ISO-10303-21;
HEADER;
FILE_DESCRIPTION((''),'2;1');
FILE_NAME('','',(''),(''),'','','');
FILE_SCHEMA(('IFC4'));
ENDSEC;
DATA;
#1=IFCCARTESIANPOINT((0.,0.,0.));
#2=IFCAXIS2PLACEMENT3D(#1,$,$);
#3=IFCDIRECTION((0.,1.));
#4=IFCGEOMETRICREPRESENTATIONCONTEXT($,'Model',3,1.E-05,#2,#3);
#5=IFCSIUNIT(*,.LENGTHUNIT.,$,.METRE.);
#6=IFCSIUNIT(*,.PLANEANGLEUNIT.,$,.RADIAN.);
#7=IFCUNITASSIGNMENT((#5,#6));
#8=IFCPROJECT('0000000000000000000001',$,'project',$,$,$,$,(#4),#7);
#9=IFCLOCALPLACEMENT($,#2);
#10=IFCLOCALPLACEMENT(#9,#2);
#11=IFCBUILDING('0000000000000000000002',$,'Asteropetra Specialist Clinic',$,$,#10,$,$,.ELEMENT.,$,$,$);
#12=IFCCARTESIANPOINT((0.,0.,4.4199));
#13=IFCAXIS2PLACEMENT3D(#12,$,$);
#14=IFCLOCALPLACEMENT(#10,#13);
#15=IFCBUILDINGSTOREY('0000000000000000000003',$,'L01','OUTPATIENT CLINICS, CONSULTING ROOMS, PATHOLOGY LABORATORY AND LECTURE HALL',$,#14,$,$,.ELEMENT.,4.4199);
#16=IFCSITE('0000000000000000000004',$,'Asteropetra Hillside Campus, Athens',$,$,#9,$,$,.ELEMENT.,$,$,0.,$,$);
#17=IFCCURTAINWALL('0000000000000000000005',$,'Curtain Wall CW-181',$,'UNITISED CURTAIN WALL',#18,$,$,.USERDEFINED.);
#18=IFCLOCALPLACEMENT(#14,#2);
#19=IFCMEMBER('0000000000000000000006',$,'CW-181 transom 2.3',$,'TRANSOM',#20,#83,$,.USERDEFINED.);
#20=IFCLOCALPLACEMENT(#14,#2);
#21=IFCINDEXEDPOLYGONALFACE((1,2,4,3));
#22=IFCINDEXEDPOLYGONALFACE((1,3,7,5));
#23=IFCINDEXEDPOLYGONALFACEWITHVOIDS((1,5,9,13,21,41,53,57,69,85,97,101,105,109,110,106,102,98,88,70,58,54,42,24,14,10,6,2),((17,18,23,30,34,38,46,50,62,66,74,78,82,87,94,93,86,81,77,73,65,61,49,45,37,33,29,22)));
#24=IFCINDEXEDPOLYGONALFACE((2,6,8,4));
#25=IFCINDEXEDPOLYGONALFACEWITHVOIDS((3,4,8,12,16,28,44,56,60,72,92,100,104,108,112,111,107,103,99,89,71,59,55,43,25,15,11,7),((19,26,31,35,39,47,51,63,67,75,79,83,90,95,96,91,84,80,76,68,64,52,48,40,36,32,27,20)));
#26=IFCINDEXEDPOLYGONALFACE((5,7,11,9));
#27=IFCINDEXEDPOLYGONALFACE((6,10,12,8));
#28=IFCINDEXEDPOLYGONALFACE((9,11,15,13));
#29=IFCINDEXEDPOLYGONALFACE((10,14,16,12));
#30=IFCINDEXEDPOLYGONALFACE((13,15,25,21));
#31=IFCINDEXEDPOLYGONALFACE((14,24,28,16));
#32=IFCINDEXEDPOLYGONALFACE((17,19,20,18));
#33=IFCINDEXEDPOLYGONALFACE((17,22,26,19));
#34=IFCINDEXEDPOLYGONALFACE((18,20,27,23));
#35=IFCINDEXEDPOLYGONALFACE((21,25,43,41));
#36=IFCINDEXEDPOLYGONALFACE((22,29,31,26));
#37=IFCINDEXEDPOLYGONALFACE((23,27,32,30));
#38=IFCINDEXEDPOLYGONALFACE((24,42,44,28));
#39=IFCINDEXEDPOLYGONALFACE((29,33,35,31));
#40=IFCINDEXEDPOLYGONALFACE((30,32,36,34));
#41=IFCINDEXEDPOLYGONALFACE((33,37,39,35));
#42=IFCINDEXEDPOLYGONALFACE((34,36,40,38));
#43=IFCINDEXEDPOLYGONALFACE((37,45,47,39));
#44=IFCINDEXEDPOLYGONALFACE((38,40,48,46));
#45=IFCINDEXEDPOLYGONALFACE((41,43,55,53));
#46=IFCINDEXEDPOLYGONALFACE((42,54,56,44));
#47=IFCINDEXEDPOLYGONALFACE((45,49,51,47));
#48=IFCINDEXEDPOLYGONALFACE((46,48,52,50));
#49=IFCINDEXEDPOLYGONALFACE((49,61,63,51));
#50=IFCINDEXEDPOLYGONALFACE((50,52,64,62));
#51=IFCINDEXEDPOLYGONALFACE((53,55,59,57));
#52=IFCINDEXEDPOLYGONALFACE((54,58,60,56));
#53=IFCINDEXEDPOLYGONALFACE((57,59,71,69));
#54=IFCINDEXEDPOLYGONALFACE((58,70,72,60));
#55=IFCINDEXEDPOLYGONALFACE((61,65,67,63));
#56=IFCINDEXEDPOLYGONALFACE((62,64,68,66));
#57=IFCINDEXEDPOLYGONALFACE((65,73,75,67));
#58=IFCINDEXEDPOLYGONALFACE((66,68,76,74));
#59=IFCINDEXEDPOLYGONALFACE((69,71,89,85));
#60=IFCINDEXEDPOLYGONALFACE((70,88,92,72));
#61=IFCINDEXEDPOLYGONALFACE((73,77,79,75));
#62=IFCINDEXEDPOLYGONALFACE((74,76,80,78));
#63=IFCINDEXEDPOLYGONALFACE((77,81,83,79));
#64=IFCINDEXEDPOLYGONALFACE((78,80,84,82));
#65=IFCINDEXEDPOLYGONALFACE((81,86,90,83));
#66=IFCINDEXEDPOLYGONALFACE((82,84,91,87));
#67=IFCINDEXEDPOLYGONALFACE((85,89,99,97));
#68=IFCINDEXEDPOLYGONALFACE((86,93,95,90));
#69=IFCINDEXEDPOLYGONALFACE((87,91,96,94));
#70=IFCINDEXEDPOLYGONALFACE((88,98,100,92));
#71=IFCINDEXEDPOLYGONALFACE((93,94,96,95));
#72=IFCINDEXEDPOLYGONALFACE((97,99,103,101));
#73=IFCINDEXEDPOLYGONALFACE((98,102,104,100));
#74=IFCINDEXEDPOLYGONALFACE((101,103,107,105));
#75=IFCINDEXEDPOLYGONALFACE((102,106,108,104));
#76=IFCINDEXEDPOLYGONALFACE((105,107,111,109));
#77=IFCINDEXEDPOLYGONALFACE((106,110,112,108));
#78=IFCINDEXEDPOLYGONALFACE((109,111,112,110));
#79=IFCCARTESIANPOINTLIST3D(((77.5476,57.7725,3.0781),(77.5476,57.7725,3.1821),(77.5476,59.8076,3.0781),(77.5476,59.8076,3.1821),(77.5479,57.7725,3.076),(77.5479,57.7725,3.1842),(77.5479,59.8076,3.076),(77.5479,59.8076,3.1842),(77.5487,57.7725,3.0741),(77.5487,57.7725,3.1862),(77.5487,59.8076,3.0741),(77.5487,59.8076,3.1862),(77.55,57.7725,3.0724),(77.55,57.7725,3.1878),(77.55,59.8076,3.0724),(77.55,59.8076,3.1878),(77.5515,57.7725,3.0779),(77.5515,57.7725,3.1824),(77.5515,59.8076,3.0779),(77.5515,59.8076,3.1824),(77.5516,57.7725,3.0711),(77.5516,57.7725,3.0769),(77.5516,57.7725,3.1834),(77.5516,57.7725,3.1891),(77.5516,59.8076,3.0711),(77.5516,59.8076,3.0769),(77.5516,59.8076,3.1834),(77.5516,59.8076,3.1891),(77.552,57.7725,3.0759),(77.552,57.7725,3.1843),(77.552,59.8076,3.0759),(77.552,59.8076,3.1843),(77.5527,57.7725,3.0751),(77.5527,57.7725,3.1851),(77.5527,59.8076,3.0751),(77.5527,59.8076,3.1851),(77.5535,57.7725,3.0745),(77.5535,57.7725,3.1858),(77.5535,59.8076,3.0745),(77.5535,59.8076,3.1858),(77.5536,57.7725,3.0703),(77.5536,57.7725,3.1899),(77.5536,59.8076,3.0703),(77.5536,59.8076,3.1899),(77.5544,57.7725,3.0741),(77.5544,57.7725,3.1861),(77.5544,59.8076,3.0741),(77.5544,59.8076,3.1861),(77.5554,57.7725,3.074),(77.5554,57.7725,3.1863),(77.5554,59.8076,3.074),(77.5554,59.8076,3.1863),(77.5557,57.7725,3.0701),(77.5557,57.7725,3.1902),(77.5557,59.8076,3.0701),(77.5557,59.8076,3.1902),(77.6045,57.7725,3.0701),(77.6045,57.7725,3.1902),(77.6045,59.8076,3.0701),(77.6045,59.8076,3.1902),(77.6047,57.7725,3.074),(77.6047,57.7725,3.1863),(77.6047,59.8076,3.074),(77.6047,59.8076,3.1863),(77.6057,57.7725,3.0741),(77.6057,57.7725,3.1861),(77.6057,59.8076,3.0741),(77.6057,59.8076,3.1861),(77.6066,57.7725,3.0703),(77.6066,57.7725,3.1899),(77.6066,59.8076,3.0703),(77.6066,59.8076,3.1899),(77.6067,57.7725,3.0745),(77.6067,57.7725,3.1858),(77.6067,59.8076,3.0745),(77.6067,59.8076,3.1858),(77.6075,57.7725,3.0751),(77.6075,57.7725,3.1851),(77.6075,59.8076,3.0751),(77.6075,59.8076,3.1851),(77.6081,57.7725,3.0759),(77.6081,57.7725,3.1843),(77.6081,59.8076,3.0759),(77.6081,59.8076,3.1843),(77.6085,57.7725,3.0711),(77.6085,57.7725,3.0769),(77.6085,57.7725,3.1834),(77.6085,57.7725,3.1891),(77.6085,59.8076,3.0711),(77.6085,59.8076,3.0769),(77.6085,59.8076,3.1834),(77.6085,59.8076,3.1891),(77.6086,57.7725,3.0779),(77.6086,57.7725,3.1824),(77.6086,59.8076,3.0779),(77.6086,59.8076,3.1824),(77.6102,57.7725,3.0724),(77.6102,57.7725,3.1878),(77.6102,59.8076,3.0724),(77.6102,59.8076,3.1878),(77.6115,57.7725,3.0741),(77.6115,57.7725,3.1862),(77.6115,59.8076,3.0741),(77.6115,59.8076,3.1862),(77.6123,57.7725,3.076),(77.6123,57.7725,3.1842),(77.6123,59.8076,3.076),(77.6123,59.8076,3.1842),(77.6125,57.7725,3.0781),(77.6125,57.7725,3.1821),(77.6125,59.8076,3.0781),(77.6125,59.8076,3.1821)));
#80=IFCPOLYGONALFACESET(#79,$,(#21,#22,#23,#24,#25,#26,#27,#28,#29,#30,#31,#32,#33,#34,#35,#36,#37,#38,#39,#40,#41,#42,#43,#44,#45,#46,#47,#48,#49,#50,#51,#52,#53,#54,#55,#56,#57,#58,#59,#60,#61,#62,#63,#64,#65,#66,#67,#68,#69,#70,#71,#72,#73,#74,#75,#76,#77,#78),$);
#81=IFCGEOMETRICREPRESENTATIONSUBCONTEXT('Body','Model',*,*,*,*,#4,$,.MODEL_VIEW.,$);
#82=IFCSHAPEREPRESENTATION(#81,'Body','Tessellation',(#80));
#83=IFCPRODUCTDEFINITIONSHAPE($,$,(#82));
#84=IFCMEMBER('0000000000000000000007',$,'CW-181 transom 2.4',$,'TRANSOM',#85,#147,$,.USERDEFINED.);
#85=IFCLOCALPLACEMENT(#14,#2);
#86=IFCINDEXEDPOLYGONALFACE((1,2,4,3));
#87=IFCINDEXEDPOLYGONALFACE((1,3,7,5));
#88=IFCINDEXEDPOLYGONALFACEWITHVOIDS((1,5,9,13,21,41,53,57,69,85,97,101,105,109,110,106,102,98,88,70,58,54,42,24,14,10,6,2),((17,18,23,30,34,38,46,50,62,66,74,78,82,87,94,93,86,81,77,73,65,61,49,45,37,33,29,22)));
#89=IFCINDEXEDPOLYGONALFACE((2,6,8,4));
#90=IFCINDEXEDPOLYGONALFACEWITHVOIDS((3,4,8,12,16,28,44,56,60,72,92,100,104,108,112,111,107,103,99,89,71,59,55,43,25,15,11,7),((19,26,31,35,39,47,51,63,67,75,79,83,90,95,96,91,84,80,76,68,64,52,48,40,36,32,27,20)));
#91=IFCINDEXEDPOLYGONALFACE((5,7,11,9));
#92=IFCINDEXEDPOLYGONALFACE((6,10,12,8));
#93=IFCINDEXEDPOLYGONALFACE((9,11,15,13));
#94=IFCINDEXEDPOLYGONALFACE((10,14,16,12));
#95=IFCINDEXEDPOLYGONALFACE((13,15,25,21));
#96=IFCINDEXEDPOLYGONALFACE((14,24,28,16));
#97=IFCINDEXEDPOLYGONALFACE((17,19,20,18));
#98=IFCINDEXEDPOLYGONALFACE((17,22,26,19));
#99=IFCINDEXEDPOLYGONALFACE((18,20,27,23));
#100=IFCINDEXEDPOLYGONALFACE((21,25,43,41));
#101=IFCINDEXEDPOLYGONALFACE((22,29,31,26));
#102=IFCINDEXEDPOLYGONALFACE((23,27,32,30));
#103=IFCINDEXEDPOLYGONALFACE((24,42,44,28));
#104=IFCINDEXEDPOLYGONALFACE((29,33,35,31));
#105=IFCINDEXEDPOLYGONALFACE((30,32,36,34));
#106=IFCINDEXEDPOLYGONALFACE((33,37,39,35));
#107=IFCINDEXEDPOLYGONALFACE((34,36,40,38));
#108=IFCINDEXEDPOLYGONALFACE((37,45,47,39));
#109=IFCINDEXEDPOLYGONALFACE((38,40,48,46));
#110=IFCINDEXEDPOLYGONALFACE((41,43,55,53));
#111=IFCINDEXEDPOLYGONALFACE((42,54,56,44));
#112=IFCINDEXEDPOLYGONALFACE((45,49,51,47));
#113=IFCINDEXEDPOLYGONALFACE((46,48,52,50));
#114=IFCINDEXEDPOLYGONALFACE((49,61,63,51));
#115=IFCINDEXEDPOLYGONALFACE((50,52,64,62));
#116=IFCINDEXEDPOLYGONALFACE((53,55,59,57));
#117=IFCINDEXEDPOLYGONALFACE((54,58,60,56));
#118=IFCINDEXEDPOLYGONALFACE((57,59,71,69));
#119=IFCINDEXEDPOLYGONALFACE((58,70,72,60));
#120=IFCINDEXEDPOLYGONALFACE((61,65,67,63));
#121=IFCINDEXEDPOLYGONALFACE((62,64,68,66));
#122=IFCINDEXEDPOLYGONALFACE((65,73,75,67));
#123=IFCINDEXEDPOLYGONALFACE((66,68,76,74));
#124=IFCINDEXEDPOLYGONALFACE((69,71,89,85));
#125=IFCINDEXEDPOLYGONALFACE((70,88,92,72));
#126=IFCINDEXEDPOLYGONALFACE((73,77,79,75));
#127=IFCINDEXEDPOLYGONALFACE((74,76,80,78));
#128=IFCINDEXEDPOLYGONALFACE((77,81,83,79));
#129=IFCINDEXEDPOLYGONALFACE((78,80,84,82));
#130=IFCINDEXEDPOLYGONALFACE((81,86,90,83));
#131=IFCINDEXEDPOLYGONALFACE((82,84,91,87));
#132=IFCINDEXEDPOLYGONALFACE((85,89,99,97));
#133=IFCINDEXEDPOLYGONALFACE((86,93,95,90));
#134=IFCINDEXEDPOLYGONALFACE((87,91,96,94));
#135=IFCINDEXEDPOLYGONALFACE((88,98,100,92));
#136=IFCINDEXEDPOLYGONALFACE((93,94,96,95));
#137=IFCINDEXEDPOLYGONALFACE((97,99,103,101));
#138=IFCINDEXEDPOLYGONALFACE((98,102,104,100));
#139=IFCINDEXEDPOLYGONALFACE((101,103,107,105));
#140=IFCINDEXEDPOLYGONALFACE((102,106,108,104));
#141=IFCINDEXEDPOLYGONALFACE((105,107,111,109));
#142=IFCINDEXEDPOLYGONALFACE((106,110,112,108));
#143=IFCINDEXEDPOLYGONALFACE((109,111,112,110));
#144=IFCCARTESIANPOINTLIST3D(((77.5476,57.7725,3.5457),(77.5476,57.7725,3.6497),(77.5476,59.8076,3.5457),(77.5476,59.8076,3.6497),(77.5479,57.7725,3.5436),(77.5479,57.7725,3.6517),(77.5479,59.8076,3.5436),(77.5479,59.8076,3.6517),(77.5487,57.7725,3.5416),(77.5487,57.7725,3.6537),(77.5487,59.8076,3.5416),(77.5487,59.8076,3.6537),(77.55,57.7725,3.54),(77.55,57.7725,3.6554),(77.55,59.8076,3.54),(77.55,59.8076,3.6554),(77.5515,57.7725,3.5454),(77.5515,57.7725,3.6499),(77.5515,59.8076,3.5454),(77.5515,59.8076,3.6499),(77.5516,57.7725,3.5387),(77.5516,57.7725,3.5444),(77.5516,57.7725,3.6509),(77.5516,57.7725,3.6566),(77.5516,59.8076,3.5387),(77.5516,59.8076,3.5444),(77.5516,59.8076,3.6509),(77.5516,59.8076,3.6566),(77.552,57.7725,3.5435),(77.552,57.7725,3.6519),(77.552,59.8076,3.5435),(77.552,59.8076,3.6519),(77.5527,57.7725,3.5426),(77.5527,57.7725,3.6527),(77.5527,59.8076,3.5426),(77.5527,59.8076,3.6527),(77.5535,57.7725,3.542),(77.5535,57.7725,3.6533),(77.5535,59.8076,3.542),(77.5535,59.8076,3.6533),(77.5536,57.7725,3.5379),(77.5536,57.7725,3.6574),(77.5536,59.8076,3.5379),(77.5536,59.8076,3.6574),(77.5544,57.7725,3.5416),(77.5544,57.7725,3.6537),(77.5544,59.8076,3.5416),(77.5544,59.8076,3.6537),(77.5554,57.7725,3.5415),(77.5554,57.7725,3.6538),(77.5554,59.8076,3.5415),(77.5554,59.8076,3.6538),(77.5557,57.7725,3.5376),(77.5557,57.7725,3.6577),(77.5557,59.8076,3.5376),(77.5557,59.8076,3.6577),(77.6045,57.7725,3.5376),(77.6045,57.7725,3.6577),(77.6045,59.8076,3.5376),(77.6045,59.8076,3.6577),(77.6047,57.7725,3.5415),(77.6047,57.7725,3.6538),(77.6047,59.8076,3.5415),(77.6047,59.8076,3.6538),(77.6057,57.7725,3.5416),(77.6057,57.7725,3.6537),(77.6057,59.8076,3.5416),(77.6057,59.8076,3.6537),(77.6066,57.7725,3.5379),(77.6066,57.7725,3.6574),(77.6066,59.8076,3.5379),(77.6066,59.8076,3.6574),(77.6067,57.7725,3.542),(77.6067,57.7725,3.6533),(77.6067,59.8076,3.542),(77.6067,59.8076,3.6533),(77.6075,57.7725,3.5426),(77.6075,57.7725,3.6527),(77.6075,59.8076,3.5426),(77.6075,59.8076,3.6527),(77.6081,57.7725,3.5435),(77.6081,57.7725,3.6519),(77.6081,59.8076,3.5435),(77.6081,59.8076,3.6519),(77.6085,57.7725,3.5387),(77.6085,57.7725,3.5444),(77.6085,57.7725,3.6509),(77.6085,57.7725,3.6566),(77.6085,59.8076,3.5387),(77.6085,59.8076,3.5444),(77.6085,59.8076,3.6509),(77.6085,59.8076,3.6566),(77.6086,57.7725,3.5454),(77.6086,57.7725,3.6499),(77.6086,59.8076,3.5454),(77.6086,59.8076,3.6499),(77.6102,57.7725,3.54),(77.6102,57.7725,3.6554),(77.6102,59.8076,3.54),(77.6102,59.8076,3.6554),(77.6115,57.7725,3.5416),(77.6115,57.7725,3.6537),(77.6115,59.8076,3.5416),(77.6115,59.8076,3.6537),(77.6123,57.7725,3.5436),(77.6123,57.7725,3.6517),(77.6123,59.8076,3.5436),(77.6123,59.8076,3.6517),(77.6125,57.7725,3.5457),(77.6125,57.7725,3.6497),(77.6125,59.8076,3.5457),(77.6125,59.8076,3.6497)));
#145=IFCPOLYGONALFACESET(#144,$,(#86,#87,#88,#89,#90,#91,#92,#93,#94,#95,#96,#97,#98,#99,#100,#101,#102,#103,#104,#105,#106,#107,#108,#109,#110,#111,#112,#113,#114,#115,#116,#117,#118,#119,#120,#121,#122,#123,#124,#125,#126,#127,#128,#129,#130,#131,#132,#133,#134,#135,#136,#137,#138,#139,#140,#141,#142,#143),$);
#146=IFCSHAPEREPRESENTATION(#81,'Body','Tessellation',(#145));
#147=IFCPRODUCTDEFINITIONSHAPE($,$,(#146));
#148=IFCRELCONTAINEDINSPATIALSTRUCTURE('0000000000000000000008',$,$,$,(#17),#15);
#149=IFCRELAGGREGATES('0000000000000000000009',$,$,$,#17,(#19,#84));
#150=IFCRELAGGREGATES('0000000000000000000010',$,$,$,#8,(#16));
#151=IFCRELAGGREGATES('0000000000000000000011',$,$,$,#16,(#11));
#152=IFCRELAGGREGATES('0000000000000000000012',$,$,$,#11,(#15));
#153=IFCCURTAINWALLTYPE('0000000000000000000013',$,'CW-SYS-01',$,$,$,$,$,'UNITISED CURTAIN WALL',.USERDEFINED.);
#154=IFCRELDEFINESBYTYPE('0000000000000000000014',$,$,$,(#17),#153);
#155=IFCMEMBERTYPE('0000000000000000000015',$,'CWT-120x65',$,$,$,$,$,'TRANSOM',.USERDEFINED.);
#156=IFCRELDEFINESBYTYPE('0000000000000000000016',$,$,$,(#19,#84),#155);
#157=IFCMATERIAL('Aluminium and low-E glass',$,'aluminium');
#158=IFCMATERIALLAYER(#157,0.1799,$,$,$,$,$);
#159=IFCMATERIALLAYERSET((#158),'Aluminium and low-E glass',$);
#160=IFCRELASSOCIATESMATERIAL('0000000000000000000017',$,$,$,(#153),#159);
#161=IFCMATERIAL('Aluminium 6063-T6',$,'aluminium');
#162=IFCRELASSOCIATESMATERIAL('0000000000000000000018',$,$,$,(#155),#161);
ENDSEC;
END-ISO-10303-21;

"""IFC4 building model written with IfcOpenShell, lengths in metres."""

from ifc_helpers import new_model, si_unit, direction, frame, origin, origin_2d, place, context, subcontext, project, spatial, hollow_rectangle, extrude, material, layer, layer_set, material_profile, profile_set, type_object, element, aggregate, save


model = new_model("IFC4")

# Units and contexts
model_context = context("Model", 3, precision=1e-05, world=origin(), true_north=direction((0.0, 1.0)))
body_context = subcontext(model_context, "Body", "Model", "MODEL_VIEW")
ifc_project = project(units=[si_unit("LENGTHUNIT", "METRE"), si_unit("PLANEANGLEUNIT", "RADIAN")], contexts=[model_context])

# Site, building, storey
site_placement = place(None, origin())
site = spatial("IfcSite", under=ifc_project, at=site_placement, Name="Asteropetra Hillside Campus, Athens", CompositionType="ELEMENT", RefElevation=0.0)
building_placement = place(site_placement, origin())
building = spatial("IfcBuilding", under=site, at=building_placement, Name="Asteropetra Specialist Clinic", CompositionType="ELEMENT")
storey_placement = place(building_placement, frame((0.0, 0.0, 4.4199)))
storey = spatial("IfcBuildingStorey", under=building, at=storey_placement, Name="L01", Description="OUTPATIENT CLINICS, CONSULTING ROOMS, PATHOLOGY LABORATORY AND LECTURE HALL", CompositionType="ELEMENT", Elevation=4.4199)

# Curtain wall, members
ifc_material_1 = material(Name="Aluminium and low-E glass", Category="aluminium")
ifc_layer_1 = layer(ifc_material_1, 0.1799)
ifc_layer_set_1 = layer_set([ifc_layer_1], Name="Aluminium and low-E glass")
curtain_wall_type_1 = type_object("IfcCurtainWallType", Name="CW-SYS-01", ElementType="UNITISED CURTAIN WALL", PredefinedType="USERDEFINED", material=ifc_layer_set_1)
curtain_wall_1_placement = place(storey_placement, origin())
curtain_wall_1 = element("IfcCurtainWall", 1, at=curtain_wall_1_placement, inside=storey, type_object=curtain_wall_type_1, Name="Curtain Wall CW-181", ObjectType="UNITISED CURTAIN WALL", PredefinedType="USERDEFINED")
ifc_material_2 = material(Name="Aluminium 6063-T6", Category="aluminium")
ifc_material_profile_1 = material_profile(ifc_material_2, hollow_rectangle(XDim=0.0649, YDim=0.1201, WallThickness=0.0039, InnerFilletRadius=0.0039, OuterFilletRadius=0.0081, at=origin_2d()), Name="TRN 120x65x4.0")
ifc_profile_set_1 = profile_set([ifc_material_profile_1], Name="Aluminium 6063-T6")
member_type_1 = type_object("IfcMemberType", Name="CWT-120x65", ElementType="TRANSOM", PredefinedType="USERDEFINED", material=ifc_profile_set_1)
member_1_placement = place(storey_placement, frame((77.5801, 59.8076, 3.1301), z_axis=(0.0, -1.0, 0.0), x_axis=(1.0, 0.0, 0.0)))
member_1 = element("IfcMember", 2, at=member_1_placement, type_object=member_type_1, Name="CW-181 transom 2.3", ObjectType="TRANSOM", PredefinedType="USERDEFINED", context=body_context, shape_type="SweptSolid", body=[
    extrude(hollow_rectangle(XDim=0.0649, YDim=0.1201, WallThickness=0.0039, InnerFilletRadius=0.0039, OuterFilletRadius=0.0081, at=origin_2d()), origin(), (0.0, 0.0, 1.0), 2.0352),
])
member_2_placement = place(storey_placement, frame((77.5801, 59.8076, 3.5977), z_axis=(0.0, -1.0, 0.0), x_axis=(1.0, 0.0, 0.0)))
member_2 = element("IfcMember", 3, at=member_2_placement, type_object=member_type_1, Name="CW-181 transom 2.4", ObjectType="TRANSOM", PredefinedType="USERDEFINED", context=body_context, shape_type="SweptSolid", body=[
    extrude(hollow_rectangle(XDim=0.0649, YDim=0.1201, WallThickness=0.0039, InnerFilletRadius=0.0039, OuterFilletRadius=0.0081, at=origin_2d()), origin(), (0.0, 0.0, 1.0), 2.0352),
])

aggregate(curtain_wall_1, [member_1, member_2])

save(model, "model.ifc")
